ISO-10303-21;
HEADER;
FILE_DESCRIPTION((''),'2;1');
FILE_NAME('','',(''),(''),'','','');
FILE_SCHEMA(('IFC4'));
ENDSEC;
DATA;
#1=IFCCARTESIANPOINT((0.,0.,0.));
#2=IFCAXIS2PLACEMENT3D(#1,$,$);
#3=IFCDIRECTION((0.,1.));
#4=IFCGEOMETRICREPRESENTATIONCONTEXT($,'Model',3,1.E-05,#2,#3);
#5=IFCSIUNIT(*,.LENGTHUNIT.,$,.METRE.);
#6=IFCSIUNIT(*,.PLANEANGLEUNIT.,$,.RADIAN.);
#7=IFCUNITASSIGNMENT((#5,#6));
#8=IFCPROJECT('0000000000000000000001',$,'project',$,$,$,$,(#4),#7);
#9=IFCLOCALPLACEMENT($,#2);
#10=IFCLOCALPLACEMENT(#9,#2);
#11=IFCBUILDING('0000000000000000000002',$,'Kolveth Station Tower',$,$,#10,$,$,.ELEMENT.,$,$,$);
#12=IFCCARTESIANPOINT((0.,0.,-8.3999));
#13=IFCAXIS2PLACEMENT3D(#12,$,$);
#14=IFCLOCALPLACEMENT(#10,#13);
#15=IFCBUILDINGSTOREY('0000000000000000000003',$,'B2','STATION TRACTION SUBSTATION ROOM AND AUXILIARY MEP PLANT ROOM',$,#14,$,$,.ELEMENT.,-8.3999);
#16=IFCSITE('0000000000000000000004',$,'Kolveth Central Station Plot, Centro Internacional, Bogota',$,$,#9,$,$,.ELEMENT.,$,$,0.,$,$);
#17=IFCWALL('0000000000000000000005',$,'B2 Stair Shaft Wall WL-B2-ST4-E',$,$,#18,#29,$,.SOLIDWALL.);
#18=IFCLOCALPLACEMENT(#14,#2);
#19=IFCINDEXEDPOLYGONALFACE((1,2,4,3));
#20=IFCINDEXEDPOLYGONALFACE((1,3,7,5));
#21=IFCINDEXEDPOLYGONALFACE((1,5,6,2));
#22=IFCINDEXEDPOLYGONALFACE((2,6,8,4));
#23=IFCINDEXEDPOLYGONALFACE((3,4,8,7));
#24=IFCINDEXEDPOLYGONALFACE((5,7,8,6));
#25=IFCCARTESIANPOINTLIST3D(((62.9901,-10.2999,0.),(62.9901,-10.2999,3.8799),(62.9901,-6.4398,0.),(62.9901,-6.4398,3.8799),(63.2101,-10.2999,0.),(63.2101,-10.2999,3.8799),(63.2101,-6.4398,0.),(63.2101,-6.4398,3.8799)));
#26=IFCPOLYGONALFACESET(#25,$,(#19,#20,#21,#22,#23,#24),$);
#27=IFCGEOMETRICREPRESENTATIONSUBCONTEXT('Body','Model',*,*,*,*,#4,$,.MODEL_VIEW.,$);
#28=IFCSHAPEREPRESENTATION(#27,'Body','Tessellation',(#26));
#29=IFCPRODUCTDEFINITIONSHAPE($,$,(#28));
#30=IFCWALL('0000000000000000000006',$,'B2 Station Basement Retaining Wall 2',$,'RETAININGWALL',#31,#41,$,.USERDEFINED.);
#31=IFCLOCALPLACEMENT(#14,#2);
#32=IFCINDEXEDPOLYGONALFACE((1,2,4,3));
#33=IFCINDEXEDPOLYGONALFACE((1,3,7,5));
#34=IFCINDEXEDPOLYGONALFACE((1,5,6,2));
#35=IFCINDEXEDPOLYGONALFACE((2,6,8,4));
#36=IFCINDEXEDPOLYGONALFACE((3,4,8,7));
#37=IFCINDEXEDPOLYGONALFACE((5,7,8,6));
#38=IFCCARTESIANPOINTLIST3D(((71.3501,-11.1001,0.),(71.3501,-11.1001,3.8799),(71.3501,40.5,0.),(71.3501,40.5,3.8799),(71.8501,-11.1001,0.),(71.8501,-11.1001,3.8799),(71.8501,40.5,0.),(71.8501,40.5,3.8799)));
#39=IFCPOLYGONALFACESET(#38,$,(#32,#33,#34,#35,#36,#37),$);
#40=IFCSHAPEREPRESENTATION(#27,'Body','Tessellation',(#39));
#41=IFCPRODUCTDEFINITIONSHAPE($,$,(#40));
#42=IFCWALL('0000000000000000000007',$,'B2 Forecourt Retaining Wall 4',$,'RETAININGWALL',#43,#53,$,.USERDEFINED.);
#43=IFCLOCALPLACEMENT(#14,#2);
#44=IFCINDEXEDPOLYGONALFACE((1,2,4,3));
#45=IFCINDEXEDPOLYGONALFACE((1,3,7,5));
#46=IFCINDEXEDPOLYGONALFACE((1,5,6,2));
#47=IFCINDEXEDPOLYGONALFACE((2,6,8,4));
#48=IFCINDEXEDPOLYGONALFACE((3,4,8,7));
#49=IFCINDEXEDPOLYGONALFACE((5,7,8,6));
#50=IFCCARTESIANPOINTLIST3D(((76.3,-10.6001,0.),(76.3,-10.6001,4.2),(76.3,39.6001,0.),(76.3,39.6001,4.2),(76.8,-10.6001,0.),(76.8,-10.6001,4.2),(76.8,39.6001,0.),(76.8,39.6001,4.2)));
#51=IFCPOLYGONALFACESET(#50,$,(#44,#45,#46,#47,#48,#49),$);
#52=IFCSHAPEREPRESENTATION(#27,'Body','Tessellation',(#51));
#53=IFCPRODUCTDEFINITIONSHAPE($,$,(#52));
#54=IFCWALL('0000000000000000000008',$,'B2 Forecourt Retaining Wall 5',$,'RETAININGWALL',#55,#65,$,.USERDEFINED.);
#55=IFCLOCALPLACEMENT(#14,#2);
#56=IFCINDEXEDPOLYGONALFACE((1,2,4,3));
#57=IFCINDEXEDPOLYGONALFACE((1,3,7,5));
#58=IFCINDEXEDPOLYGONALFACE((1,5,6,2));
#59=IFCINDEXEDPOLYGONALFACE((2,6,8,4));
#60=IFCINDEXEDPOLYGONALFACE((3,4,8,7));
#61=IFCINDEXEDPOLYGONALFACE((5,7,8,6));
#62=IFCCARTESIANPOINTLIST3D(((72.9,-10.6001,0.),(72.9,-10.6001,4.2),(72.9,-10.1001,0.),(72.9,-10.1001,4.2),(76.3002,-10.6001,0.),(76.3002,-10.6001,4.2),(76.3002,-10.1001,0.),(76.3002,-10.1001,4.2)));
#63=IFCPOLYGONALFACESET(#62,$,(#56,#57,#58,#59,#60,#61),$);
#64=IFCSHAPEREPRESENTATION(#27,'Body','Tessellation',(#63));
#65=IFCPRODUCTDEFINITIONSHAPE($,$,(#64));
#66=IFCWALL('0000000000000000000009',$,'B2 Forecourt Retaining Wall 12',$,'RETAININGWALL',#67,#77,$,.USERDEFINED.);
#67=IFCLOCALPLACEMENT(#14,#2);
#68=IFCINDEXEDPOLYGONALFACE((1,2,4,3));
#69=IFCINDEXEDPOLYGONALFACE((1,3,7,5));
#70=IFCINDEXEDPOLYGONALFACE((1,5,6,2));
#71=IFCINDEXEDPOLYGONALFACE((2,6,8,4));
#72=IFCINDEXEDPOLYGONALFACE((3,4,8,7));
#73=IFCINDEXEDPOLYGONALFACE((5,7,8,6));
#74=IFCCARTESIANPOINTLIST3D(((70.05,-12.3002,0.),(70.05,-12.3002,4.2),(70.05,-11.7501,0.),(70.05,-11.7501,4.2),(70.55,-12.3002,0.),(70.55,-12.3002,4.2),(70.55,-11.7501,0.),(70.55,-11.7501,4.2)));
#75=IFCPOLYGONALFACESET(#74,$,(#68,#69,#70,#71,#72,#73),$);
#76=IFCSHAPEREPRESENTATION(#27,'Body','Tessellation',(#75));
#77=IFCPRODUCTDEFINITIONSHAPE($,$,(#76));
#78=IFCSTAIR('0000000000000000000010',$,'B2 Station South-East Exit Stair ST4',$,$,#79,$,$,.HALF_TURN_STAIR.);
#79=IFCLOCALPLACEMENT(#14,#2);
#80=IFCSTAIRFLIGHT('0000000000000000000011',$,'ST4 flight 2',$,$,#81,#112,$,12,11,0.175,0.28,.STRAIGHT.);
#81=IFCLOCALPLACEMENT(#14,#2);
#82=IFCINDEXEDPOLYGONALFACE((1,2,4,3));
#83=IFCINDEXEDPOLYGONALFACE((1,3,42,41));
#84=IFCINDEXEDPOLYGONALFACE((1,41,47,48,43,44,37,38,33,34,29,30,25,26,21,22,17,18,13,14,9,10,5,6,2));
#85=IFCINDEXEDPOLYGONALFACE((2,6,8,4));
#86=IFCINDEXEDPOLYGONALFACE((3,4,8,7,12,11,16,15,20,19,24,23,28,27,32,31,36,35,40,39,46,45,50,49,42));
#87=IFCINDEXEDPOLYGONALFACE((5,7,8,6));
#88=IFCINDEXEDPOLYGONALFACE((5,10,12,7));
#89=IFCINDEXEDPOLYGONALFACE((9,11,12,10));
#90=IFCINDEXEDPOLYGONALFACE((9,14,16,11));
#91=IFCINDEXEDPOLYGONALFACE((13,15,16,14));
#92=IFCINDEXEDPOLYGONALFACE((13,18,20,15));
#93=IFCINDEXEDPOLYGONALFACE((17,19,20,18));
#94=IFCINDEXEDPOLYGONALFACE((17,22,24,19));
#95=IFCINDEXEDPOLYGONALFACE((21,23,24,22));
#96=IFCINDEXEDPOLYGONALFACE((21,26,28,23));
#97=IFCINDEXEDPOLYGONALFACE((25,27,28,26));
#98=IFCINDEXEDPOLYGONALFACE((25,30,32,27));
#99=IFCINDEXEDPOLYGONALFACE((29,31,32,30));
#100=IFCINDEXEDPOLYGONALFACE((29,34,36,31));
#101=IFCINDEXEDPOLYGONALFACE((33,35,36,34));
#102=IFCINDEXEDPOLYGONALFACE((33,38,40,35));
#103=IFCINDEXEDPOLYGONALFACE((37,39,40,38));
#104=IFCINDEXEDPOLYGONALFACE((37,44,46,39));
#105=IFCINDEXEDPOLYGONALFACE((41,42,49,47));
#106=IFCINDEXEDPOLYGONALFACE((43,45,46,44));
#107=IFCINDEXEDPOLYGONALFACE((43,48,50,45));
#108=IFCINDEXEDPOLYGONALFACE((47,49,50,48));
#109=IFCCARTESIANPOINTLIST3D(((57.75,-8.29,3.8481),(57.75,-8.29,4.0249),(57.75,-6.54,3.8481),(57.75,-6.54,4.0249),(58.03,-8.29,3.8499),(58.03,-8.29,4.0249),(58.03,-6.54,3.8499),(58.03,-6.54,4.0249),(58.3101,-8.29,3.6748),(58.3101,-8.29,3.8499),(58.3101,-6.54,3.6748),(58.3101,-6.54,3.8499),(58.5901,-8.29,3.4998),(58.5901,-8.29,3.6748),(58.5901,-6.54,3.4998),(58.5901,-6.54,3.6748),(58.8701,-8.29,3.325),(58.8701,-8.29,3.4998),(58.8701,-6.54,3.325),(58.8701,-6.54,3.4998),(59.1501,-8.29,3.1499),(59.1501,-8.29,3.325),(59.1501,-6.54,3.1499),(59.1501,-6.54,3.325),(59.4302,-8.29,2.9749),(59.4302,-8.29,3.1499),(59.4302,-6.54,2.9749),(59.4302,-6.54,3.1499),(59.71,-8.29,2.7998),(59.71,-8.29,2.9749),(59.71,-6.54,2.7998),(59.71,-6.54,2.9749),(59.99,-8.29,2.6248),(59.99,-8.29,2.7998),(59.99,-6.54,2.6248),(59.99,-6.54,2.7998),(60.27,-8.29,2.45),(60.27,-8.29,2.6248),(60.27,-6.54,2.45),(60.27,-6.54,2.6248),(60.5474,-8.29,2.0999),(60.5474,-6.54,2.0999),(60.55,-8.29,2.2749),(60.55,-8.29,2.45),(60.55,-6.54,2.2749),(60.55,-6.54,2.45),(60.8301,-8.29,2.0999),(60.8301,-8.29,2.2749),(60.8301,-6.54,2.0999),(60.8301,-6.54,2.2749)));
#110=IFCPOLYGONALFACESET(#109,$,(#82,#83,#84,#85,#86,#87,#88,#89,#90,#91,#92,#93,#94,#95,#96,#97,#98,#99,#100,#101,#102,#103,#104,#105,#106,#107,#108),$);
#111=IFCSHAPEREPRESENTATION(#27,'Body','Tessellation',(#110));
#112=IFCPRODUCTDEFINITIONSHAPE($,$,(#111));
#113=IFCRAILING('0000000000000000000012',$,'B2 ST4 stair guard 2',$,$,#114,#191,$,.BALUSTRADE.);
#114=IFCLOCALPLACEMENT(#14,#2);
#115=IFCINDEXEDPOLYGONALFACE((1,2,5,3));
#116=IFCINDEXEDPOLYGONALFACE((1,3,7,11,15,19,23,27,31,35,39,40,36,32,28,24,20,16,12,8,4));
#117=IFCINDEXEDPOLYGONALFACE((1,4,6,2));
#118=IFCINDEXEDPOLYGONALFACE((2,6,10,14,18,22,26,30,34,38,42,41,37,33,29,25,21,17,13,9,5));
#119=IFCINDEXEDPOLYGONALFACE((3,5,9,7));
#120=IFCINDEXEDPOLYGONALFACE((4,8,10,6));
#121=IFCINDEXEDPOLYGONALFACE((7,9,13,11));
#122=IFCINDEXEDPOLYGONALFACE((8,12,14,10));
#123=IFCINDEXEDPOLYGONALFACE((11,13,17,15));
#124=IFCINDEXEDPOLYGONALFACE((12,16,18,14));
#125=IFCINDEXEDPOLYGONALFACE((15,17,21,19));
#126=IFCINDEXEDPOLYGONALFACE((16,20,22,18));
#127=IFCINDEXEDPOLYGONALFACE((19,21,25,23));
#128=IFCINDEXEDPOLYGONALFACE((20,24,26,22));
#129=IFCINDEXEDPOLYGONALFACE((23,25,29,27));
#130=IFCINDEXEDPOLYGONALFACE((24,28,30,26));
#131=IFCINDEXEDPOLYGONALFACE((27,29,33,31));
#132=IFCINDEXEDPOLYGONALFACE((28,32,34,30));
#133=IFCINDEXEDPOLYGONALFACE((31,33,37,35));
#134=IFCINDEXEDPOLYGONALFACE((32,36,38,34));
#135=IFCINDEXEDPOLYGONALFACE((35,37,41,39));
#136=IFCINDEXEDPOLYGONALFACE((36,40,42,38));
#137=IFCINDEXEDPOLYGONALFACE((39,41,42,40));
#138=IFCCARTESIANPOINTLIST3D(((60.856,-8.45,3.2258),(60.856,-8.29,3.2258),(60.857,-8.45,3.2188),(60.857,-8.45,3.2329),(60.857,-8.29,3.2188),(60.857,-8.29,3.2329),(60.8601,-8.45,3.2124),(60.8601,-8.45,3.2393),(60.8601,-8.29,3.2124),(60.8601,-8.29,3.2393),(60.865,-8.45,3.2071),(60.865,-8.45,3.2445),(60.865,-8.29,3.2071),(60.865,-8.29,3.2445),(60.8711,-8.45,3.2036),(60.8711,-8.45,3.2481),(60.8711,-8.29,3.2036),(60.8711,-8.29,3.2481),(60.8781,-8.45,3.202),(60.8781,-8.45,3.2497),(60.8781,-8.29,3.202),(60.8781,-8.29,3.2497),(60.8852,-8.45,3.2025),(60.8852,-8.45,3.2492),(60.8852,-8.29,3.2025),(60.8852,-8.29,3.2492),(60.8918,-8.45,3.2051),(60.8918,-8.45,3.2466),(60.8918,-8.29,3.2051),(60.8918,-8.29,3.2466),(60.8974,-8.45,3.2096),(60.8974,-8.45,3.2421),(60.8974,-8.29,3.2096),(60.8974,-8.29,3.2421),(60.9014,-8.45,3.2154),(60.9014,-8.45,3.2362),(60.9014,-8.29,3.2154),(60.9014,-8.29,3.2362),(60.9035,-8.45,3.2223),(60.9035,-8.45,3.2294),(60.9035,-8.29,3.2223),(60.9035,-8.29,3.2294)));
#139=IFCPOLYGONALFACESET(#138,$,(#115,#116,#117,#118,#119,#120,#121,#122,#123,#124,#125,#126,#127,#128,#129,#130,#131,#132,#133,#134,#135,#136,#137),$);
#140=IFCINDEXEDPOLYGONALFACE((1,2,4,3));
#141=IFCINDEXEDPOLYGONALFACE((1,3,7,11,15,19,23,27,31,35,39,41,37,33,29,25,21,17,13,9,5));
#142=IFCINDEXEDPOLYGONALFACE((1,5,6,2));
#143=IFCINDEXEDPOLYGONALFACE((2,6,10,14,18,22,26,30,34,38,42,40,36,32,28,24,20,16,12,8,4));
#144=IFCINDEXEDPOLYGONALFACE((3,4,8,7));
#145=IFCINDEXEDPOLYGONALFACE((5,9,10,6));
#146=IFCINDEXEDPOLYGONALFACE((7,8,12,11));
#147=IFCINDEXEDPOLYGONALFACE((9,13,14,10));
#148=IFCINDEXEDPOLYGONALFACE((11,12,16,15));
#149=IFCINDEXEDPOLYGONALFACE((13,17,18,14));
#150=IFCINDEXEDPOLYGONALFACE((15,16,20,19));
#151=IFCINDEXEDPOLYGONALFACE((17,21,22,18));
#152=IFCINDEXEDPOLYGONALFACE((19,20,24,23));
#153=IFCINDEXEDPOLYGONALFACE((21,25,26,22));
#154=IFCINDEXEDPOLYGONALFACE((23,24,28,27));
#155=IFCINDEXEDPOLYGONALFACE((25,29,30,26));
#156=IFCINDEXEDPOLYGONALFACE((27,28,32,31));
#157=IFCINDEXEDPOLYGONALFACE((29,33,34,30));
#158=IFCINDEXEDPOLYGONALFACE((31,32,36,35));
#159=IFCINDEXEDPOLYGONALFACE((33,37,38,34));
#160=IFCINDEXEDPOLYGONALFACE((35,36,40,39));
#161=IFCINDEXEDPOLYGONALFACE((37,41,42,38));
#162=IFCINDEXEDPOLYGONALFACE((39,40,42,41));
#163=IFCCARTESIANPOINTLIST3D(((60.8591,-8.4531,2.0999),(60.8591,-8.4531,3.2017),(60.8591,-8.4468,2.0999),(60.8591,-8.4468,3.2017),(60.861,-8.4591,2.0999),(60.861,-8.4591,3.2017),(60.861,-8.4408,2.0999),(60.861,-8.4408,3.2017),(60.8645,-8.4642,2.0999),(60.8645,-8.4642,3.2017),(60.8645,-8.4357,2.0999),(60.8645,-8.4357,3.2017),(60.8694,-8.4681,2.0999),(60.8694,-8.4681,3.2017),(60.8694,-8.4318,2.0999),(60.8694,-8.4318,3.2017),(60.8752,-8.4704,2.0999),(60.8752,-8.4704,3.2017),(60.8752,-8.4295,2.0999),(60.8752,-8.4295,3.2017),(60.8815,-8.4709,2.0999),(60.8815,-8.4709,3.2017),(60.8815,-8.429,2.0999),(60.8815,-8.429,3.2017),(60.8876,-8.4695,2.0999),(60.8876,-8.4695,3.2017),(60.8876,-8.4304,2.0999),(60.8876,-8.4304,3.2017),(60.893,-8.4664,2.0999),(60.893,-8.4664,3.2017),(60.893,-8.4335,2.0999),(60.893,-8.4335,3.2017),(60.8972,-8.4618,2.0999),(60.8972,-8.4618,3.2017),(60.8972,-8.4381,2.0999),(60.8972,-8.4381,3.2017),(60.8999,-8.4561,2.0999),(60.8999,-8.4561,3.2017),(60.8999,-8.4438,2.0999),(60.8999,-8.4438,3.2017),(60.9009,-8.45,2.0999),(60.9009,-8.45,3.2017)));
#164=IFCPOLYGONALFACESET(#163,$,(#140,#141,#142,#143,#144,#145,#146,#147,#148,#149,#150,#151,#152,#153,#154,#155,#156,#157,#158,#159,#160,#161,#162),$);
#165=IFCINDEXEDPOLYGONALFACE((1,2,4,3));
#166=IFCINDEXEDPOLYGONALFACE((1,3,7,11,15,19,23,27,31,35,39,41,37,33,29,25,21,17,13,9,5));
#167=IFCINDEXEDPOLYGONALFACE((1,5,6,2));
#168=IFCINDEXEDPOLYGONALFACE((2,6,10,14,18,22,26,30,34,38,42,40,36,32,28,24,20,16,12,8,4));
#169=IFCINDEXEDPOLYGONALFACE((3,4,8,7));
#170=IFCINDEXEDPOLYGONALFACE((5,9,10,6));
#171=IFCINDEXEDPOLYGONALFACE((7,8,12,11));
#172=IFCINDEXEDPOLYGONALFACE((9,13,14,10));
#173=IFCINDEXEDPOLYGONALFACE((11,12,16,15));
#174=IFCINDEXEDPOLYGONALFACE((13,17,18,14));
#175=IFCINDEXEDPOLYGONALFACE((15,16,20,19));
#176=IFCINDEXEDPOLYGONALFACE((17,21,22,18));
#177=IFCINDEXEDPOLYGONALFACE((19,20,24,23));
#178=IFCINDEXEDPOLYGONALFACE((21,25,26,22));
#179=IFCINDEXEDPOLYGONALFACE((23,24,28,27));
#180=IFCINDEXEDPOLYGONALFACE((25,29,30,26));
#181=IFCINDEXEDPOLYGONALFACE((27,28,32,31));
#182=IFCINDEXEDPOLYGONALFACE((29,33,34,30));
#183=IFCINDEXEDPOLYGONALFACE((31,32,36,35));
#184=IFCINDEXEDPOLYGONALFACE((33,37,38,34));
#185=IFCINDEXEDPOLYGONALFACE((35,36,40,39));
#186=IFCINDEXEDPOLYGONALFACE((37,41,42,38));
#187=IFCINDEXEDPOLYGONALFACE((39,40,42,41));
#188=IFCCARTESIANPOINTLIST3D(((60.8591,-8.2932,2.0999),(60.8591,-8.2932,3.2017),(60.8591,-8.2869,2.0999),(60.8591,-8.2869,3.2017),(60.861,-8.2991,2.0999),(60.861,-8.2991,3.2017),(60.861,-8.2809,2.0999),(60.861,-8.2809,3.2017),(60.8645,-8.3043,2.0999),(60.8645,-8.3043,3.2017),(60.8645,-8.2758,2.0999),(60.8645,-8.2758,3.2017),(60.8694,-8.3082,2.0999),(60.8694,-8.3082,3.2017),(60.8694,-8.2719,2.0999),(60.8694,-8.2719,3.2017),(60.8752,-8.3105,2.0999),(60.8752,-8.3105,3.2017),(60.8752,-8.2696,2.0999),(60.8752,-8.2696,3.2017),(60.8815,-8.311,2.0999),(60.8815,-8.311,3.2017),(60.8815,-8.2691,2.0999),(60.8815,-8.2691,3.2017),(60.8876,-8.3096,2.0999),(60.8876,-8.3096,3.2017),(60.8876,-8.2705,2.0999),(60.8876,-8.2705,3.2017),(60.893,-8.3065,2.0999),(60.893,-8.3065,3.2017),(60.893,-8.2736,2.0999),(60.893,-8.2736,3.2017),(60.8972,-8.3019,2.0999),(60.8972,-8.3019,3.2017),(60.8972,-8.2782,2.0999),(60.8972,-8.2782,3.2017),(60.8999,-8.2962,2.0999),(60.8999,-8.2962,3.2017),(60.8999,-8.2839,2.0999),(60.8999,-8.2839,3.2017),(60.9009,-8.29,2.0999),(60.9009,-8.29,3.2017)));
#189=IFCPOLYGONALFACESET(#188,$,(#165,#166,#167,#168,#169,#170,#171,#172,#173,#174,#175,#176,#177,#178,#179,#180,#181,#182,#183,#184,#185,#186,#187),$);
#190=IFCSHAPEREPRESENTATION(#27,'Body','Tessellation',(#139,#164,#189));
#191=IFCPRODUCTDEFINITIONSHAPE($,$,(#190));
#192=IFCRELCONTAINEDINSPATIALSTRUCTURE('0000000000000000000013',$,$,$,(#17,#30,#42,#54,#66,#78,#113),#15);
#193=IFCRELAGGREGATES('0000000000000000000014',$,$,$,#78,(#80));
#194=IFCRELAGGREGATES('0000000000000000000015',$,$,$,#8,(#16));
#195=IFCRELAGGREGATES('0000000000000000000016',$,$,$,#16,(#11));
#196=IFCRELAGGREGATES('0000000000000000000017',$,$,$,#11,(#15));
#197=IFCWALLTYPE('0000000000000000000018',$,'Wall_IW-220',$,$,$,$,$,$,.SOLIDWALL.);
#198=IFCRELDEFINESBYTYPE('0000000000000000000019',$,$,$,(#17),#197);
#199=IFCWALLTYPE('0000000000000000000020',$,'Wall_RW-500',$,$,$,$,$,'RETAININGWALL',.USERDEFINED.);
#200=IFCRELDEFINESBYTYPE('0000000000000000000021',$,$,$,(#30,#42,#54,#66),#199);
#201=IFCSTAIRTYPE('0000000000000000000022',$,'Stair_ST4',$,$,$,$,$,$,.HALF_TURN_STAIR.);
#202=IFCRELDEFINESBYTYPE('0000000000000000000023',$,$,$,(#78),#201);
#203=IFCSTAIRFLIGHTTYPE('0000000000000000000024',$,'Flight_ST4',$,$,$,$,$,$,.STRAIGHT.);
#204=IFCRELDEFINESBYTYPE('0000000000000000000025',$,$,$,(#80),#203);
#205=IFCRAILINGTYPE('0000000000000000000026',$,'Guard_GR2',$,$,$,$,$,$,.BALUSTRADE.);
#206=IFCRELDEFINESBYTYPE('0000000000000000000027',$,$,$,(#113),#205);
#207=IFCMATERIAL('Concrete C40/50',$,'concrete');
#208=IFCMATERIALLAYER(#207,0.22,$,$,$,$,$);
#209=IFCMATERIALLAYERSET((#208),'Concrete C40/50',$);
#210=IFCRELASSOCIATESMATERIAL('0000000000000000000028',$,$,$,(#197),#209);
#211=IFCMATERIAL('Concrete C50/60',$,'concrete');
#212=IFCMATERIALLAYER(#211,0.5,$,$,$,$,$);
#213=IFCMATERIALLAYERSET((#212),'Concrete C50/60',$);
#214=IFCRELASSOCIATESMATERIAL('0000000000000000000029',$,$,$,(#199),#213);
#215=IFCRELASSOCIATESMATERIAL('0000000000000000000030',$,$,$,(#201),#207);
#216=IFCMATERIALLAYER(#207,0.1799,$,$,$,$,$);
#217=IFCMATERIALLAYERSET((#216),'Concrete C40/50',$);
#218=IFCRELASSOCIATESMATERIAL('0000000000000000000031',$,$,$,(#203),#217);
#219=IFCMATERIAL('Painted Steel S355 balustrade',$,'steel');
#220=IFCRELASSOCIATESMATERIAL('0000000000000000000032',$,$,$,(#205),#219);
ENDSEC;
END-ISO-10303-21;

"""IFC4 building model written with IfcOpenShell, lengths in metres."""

from ifc_helpers import new_model, si_unit, direction, frame, frame_2d, origin, origin_2d, place, context, subcontext, project, spatial, polyline, rectangle, circle, outline, extrude, material, layer, layer_set, type_object, element, aggregate, save


model = new_model("IFC4")

# Units and contexts
model_context = context("Model", 3, precision=1e-05, world=origin(), true_north=direction((0.0, 1.0)))
body_context = subcontext(model_context, "Body", "Model", "MODEL_VIEW")
ifc_project = project(units=[si_unit("LENGTHUNIT", "METRE"), si_unit("PLANEANGLEUNIT", "RADIAN")], contexts=[model_context])

# Site, building, storey
site_placement = place(None, origin())
site = spatial("IfcSite", under=ifc_project, at=site_placement, Name="Kolveth Central Station Plot, Centro Internacional, Bogota", CompositionType="ELEMENT", RefElevation=0.0)
building_placement = place(site_placement, origin())
building = spatial("IfcBuilding", under=site, at=building_placement, Name="Kolveth Station Tower", CompositionType="ELEMENT")
storey_placement = place(building_placement, frame((0.0, 0.0, -8.3999)))
storey = spatial("IfcBuildingStorey", under=building, at=storey_placement, Name="B2", Description="STATION TRACTION SUBSTATION ROOM AND AUXILIARY MEP PLANT ROOM", CompositionType="ELEMENT", Elevation=-8.3999)

# Walls
ifc_material_1 = material(Name="Concrete C40/50", Category="concrete")
ifc_layer_1 = layer(ifc_material_1, 0.22)
ifc_layer_set_1 = layer_set([ifc_layer_1], Name="Concrete C40/50")
wall_type_1 = type_object("IfcWallType", Name="Wall_IW-220", PredefinedType="SOLIDWALL", material=ifc_layer_set_1)
wall_1_placement = place(storey_placement, frame((63.1001, -10.3, 0.0), z_axis=(0.0, 0.0, 1.0), x_axis=(0.0, 1.0, 0.0)))
element("IfcWall", 1, at=wall_1_placement, inside=storey, type_object=wall_type_1, Name="B2 Stair Shaft Wall WL-B2-ST4-E", PredefinedType="SOLIDWALL", context=body_context, shape_type="SweptSolid", body=[
    extrude(rectangle(XDim=3.8601, YDim=0.22, at=frame_2d((1.9302, 0.0))), origin(), (0.0, 0.0, 1.0), 3.8799),
])
ifc_material_2 = material(Name="Concrete C50/60", Category="concrete")
ifc_layer_2 = layer(ifc_material_2, 0.5)
ifc_layer_set_2 = layer_set([ifc_layer_2], Name="Concrete C50/60")
wall_type_2 = type_object("IfcWallType", Name="Wall_RW-500", ElementType="RETAININGWALL", PredefinedType="USERDEFINED", material=ifc_layer_set_2)
wall_2_placement = place(storey_placement, frame((71.6001, -11.1001, 0.0), z_axis=(0.0, 0.0, 1.0), x_axis=(0.0, 1.0, 0.0)))
element("IfcWall", 2, at=wall_2_placement, inside=storey, type_object=wall_type_2, Name="B2 Station Basement Retaining Wall 2", ObjectType="RETAININGWALL", PredefinedType="USERDEFINED", context=body_context, shape_type="SweptSolid", body=[
    extrude(rectangle(XDim=51.6001, YDim=0.5, at=frame_2d((25.8, 0.0))), origin(), (0.0, 0.0, 1.0), 3.8799),
])
wall_3_placement = place(storey_placement, frame((76.55, -10.6001, 0.0), z_axis=(0.0, 0.0, 1.0), x_axis=(0.0, 1.0, 0.0)))
element("IfcWall", 3, at=wall_3_placement, inside=storey, type_object=wall_type_2, Name="B2 Forecourt Retaining Wall 4", ObjectType="RETAININGWALL", PredefinedType="USERDEFINED", context=body_context, shape_type="SweptSolid", body=[
    extrude(rectangle(XDim=50.2002, YDim=0.5, at=frame_2d((25.1001, 0.0))), origin(), (0.0, 0.0, 1.0), 4.2),
])
wall_4_placement = place(storey_placement, frame((72.8999, -10.3501, 0.0), z_axis=(0.0, 0.0, 1.0), x_axis=(1.0, 0.0, 0.0)))
element("IfcWall", 4, at=wall_4_placement, inside=storey, type_object=wall_type_2, Name="B2 Forecourt Retaining Wall 5", ObjectType="RETAININGWALL", PredefinedType="USERDEFINED", context=body_context, shape_type="SweptSolid", body=[
    extrude(rectangle(XDim=3.4001, YDim=0.5, at=frame_2d((1.7002, 0.0))), origin(), (0.0, 0.0, 1.0), 4.2),
])
wall_5_placement = place(storey_placement, frame((70.3, -12.3, 0.0), z_axis=(0.0, 0.0, 1.0), x_axis=(0.0, 1.0, 0.0)))
element("IfcWall", 5, at=wall_5_placement, inside=storey, type_object=wall_type_2, Name="B2 Forecourt Retaining Wall 12", ObjectType="RETAININGWALL", PredefinedType="USERDEFINED", context=body_context, shape_type="SweptSolid", body=[
    extrude(rectangle(XDim=0.55, YDim=0.5, at=frame_2d((0.2749, 0.0))), origin(), (0.0, 0.0, 1.0), 4.2),
])

# Stair, stair flight
stair_type = type_object("IfcStairType", Name="Stair_ST4", PredefinedType="HALF_TURN_STAIR", material=ifc_material_1)
stair_placement = place(storey_placement, origin())
stair = element("IfcStair", 6, at=stair_placement, inside=storey, type_object=stair_type, Name="B2 Station South-East Exit Stair ST4", PredefinedType="HALF_TURN_STAIR")
ifc_layer_3 = layer(ifc_material_1, 0.1799)
ifc_layer_set_3 = layer_set([ifc_layer_3], Name="Concrete C40/50")
stair_flight_type = type_object("IfcStairFlightType", Name="Flight_ST4", PredefinedType="STRAIGHT", material=ifc_layer_set_3)
stair_flight_placement = place(storey_placement, frame((60.8301, -7.415, 2.0999), z_axis=(0.0, 0.0, 1.0), x_axis=(-1.0, 0.0, 0.0)))
stair_flight = element("IfcStairFlight", 7, at=stair_flight_placement, type_object=stair_flight_type, Name="ST4 flight 2", NumberOfRisers=12, NumberOfTreads=11, PredefinedType="STRAIGHT", RiserHeight=0.175, TreadLength=0.28, context=body_context, shape_type="SweptSolid", body=[
    extrude(outline(polyline([(0.0, 0.0), (0.0, 0.175), (0.28, 0.175), (0.28, 0.3501), (0.5601, 0.3501), (0.5601, 0.5249), (0.8401, 0.5249), (0.8401, 0.7), (1.1201, 0.7), (1.1201, 0.875), (1.3999, 0.875), (1.3999, 1.05), (1.6799, 1.05), (1.6799, 1.2251), (1.96, 1.2251), (1.96, 1.3999), (2.24, 1.3999), (2.24, 1.575), (2.52, 1.575), (2.52, 1.75), (2.8, 1.75), (2.8, 1.925), (3.0801, 1.925), (3.0801, 2.1001), (3.0801, 1.7483), (0.2827, 0.0), (0.0, 0.0)])), frame((0.0, 0.875, 0.0), z_axis=(0.0, -1.0, 0.0), x_axis=(1.0, 0.0, 0.0)), (0.0, 0.0, 1.0), 1.75),
])
aggregate(stair, [stair_flight])

# Railing
ifc_material_3 = material(Name="Painted Steel S355 balustrade", Category="steel")
railing_type_1 = type_object("IfcRailingType", Name="Guard_GR2", PredefinedType="BALUSTRADE", material=ifc_material_3)
railing_1_placement = place(storey_placement, frame((60.8799, -8.45, 2.0999)))
element("IfcRailing", 8, at=railing_1_placement, inside=storey, type_object=railing_type_1, Name="B2 ST4 stair guard 2", PredefinedType="BALUSTRADE", context=body_context, shape_type="SweptSolid", body=[
    extrude(circle(Radius=0.0239, at=origin_2d()), frame((0.0, 0.0, 1.126), z_axis=(0.0, 1.0, 0.0), x_axis=(-1.0, 0.0, 0.0)), (0.0, 0.0, 1.0), 0.1599),
    extrude(circle(Radius=0.021, at=origin_2d()), origin(), (0.0, 0.0, 1.0), 1.1018),
    extrude(circle(Radius=0.021, at=origin_2d()), frame((0.0, 0.1599, 0.0)), (0.0, 0.0, 1.0), 1.1018),
])

save(model, "model.ifc")
